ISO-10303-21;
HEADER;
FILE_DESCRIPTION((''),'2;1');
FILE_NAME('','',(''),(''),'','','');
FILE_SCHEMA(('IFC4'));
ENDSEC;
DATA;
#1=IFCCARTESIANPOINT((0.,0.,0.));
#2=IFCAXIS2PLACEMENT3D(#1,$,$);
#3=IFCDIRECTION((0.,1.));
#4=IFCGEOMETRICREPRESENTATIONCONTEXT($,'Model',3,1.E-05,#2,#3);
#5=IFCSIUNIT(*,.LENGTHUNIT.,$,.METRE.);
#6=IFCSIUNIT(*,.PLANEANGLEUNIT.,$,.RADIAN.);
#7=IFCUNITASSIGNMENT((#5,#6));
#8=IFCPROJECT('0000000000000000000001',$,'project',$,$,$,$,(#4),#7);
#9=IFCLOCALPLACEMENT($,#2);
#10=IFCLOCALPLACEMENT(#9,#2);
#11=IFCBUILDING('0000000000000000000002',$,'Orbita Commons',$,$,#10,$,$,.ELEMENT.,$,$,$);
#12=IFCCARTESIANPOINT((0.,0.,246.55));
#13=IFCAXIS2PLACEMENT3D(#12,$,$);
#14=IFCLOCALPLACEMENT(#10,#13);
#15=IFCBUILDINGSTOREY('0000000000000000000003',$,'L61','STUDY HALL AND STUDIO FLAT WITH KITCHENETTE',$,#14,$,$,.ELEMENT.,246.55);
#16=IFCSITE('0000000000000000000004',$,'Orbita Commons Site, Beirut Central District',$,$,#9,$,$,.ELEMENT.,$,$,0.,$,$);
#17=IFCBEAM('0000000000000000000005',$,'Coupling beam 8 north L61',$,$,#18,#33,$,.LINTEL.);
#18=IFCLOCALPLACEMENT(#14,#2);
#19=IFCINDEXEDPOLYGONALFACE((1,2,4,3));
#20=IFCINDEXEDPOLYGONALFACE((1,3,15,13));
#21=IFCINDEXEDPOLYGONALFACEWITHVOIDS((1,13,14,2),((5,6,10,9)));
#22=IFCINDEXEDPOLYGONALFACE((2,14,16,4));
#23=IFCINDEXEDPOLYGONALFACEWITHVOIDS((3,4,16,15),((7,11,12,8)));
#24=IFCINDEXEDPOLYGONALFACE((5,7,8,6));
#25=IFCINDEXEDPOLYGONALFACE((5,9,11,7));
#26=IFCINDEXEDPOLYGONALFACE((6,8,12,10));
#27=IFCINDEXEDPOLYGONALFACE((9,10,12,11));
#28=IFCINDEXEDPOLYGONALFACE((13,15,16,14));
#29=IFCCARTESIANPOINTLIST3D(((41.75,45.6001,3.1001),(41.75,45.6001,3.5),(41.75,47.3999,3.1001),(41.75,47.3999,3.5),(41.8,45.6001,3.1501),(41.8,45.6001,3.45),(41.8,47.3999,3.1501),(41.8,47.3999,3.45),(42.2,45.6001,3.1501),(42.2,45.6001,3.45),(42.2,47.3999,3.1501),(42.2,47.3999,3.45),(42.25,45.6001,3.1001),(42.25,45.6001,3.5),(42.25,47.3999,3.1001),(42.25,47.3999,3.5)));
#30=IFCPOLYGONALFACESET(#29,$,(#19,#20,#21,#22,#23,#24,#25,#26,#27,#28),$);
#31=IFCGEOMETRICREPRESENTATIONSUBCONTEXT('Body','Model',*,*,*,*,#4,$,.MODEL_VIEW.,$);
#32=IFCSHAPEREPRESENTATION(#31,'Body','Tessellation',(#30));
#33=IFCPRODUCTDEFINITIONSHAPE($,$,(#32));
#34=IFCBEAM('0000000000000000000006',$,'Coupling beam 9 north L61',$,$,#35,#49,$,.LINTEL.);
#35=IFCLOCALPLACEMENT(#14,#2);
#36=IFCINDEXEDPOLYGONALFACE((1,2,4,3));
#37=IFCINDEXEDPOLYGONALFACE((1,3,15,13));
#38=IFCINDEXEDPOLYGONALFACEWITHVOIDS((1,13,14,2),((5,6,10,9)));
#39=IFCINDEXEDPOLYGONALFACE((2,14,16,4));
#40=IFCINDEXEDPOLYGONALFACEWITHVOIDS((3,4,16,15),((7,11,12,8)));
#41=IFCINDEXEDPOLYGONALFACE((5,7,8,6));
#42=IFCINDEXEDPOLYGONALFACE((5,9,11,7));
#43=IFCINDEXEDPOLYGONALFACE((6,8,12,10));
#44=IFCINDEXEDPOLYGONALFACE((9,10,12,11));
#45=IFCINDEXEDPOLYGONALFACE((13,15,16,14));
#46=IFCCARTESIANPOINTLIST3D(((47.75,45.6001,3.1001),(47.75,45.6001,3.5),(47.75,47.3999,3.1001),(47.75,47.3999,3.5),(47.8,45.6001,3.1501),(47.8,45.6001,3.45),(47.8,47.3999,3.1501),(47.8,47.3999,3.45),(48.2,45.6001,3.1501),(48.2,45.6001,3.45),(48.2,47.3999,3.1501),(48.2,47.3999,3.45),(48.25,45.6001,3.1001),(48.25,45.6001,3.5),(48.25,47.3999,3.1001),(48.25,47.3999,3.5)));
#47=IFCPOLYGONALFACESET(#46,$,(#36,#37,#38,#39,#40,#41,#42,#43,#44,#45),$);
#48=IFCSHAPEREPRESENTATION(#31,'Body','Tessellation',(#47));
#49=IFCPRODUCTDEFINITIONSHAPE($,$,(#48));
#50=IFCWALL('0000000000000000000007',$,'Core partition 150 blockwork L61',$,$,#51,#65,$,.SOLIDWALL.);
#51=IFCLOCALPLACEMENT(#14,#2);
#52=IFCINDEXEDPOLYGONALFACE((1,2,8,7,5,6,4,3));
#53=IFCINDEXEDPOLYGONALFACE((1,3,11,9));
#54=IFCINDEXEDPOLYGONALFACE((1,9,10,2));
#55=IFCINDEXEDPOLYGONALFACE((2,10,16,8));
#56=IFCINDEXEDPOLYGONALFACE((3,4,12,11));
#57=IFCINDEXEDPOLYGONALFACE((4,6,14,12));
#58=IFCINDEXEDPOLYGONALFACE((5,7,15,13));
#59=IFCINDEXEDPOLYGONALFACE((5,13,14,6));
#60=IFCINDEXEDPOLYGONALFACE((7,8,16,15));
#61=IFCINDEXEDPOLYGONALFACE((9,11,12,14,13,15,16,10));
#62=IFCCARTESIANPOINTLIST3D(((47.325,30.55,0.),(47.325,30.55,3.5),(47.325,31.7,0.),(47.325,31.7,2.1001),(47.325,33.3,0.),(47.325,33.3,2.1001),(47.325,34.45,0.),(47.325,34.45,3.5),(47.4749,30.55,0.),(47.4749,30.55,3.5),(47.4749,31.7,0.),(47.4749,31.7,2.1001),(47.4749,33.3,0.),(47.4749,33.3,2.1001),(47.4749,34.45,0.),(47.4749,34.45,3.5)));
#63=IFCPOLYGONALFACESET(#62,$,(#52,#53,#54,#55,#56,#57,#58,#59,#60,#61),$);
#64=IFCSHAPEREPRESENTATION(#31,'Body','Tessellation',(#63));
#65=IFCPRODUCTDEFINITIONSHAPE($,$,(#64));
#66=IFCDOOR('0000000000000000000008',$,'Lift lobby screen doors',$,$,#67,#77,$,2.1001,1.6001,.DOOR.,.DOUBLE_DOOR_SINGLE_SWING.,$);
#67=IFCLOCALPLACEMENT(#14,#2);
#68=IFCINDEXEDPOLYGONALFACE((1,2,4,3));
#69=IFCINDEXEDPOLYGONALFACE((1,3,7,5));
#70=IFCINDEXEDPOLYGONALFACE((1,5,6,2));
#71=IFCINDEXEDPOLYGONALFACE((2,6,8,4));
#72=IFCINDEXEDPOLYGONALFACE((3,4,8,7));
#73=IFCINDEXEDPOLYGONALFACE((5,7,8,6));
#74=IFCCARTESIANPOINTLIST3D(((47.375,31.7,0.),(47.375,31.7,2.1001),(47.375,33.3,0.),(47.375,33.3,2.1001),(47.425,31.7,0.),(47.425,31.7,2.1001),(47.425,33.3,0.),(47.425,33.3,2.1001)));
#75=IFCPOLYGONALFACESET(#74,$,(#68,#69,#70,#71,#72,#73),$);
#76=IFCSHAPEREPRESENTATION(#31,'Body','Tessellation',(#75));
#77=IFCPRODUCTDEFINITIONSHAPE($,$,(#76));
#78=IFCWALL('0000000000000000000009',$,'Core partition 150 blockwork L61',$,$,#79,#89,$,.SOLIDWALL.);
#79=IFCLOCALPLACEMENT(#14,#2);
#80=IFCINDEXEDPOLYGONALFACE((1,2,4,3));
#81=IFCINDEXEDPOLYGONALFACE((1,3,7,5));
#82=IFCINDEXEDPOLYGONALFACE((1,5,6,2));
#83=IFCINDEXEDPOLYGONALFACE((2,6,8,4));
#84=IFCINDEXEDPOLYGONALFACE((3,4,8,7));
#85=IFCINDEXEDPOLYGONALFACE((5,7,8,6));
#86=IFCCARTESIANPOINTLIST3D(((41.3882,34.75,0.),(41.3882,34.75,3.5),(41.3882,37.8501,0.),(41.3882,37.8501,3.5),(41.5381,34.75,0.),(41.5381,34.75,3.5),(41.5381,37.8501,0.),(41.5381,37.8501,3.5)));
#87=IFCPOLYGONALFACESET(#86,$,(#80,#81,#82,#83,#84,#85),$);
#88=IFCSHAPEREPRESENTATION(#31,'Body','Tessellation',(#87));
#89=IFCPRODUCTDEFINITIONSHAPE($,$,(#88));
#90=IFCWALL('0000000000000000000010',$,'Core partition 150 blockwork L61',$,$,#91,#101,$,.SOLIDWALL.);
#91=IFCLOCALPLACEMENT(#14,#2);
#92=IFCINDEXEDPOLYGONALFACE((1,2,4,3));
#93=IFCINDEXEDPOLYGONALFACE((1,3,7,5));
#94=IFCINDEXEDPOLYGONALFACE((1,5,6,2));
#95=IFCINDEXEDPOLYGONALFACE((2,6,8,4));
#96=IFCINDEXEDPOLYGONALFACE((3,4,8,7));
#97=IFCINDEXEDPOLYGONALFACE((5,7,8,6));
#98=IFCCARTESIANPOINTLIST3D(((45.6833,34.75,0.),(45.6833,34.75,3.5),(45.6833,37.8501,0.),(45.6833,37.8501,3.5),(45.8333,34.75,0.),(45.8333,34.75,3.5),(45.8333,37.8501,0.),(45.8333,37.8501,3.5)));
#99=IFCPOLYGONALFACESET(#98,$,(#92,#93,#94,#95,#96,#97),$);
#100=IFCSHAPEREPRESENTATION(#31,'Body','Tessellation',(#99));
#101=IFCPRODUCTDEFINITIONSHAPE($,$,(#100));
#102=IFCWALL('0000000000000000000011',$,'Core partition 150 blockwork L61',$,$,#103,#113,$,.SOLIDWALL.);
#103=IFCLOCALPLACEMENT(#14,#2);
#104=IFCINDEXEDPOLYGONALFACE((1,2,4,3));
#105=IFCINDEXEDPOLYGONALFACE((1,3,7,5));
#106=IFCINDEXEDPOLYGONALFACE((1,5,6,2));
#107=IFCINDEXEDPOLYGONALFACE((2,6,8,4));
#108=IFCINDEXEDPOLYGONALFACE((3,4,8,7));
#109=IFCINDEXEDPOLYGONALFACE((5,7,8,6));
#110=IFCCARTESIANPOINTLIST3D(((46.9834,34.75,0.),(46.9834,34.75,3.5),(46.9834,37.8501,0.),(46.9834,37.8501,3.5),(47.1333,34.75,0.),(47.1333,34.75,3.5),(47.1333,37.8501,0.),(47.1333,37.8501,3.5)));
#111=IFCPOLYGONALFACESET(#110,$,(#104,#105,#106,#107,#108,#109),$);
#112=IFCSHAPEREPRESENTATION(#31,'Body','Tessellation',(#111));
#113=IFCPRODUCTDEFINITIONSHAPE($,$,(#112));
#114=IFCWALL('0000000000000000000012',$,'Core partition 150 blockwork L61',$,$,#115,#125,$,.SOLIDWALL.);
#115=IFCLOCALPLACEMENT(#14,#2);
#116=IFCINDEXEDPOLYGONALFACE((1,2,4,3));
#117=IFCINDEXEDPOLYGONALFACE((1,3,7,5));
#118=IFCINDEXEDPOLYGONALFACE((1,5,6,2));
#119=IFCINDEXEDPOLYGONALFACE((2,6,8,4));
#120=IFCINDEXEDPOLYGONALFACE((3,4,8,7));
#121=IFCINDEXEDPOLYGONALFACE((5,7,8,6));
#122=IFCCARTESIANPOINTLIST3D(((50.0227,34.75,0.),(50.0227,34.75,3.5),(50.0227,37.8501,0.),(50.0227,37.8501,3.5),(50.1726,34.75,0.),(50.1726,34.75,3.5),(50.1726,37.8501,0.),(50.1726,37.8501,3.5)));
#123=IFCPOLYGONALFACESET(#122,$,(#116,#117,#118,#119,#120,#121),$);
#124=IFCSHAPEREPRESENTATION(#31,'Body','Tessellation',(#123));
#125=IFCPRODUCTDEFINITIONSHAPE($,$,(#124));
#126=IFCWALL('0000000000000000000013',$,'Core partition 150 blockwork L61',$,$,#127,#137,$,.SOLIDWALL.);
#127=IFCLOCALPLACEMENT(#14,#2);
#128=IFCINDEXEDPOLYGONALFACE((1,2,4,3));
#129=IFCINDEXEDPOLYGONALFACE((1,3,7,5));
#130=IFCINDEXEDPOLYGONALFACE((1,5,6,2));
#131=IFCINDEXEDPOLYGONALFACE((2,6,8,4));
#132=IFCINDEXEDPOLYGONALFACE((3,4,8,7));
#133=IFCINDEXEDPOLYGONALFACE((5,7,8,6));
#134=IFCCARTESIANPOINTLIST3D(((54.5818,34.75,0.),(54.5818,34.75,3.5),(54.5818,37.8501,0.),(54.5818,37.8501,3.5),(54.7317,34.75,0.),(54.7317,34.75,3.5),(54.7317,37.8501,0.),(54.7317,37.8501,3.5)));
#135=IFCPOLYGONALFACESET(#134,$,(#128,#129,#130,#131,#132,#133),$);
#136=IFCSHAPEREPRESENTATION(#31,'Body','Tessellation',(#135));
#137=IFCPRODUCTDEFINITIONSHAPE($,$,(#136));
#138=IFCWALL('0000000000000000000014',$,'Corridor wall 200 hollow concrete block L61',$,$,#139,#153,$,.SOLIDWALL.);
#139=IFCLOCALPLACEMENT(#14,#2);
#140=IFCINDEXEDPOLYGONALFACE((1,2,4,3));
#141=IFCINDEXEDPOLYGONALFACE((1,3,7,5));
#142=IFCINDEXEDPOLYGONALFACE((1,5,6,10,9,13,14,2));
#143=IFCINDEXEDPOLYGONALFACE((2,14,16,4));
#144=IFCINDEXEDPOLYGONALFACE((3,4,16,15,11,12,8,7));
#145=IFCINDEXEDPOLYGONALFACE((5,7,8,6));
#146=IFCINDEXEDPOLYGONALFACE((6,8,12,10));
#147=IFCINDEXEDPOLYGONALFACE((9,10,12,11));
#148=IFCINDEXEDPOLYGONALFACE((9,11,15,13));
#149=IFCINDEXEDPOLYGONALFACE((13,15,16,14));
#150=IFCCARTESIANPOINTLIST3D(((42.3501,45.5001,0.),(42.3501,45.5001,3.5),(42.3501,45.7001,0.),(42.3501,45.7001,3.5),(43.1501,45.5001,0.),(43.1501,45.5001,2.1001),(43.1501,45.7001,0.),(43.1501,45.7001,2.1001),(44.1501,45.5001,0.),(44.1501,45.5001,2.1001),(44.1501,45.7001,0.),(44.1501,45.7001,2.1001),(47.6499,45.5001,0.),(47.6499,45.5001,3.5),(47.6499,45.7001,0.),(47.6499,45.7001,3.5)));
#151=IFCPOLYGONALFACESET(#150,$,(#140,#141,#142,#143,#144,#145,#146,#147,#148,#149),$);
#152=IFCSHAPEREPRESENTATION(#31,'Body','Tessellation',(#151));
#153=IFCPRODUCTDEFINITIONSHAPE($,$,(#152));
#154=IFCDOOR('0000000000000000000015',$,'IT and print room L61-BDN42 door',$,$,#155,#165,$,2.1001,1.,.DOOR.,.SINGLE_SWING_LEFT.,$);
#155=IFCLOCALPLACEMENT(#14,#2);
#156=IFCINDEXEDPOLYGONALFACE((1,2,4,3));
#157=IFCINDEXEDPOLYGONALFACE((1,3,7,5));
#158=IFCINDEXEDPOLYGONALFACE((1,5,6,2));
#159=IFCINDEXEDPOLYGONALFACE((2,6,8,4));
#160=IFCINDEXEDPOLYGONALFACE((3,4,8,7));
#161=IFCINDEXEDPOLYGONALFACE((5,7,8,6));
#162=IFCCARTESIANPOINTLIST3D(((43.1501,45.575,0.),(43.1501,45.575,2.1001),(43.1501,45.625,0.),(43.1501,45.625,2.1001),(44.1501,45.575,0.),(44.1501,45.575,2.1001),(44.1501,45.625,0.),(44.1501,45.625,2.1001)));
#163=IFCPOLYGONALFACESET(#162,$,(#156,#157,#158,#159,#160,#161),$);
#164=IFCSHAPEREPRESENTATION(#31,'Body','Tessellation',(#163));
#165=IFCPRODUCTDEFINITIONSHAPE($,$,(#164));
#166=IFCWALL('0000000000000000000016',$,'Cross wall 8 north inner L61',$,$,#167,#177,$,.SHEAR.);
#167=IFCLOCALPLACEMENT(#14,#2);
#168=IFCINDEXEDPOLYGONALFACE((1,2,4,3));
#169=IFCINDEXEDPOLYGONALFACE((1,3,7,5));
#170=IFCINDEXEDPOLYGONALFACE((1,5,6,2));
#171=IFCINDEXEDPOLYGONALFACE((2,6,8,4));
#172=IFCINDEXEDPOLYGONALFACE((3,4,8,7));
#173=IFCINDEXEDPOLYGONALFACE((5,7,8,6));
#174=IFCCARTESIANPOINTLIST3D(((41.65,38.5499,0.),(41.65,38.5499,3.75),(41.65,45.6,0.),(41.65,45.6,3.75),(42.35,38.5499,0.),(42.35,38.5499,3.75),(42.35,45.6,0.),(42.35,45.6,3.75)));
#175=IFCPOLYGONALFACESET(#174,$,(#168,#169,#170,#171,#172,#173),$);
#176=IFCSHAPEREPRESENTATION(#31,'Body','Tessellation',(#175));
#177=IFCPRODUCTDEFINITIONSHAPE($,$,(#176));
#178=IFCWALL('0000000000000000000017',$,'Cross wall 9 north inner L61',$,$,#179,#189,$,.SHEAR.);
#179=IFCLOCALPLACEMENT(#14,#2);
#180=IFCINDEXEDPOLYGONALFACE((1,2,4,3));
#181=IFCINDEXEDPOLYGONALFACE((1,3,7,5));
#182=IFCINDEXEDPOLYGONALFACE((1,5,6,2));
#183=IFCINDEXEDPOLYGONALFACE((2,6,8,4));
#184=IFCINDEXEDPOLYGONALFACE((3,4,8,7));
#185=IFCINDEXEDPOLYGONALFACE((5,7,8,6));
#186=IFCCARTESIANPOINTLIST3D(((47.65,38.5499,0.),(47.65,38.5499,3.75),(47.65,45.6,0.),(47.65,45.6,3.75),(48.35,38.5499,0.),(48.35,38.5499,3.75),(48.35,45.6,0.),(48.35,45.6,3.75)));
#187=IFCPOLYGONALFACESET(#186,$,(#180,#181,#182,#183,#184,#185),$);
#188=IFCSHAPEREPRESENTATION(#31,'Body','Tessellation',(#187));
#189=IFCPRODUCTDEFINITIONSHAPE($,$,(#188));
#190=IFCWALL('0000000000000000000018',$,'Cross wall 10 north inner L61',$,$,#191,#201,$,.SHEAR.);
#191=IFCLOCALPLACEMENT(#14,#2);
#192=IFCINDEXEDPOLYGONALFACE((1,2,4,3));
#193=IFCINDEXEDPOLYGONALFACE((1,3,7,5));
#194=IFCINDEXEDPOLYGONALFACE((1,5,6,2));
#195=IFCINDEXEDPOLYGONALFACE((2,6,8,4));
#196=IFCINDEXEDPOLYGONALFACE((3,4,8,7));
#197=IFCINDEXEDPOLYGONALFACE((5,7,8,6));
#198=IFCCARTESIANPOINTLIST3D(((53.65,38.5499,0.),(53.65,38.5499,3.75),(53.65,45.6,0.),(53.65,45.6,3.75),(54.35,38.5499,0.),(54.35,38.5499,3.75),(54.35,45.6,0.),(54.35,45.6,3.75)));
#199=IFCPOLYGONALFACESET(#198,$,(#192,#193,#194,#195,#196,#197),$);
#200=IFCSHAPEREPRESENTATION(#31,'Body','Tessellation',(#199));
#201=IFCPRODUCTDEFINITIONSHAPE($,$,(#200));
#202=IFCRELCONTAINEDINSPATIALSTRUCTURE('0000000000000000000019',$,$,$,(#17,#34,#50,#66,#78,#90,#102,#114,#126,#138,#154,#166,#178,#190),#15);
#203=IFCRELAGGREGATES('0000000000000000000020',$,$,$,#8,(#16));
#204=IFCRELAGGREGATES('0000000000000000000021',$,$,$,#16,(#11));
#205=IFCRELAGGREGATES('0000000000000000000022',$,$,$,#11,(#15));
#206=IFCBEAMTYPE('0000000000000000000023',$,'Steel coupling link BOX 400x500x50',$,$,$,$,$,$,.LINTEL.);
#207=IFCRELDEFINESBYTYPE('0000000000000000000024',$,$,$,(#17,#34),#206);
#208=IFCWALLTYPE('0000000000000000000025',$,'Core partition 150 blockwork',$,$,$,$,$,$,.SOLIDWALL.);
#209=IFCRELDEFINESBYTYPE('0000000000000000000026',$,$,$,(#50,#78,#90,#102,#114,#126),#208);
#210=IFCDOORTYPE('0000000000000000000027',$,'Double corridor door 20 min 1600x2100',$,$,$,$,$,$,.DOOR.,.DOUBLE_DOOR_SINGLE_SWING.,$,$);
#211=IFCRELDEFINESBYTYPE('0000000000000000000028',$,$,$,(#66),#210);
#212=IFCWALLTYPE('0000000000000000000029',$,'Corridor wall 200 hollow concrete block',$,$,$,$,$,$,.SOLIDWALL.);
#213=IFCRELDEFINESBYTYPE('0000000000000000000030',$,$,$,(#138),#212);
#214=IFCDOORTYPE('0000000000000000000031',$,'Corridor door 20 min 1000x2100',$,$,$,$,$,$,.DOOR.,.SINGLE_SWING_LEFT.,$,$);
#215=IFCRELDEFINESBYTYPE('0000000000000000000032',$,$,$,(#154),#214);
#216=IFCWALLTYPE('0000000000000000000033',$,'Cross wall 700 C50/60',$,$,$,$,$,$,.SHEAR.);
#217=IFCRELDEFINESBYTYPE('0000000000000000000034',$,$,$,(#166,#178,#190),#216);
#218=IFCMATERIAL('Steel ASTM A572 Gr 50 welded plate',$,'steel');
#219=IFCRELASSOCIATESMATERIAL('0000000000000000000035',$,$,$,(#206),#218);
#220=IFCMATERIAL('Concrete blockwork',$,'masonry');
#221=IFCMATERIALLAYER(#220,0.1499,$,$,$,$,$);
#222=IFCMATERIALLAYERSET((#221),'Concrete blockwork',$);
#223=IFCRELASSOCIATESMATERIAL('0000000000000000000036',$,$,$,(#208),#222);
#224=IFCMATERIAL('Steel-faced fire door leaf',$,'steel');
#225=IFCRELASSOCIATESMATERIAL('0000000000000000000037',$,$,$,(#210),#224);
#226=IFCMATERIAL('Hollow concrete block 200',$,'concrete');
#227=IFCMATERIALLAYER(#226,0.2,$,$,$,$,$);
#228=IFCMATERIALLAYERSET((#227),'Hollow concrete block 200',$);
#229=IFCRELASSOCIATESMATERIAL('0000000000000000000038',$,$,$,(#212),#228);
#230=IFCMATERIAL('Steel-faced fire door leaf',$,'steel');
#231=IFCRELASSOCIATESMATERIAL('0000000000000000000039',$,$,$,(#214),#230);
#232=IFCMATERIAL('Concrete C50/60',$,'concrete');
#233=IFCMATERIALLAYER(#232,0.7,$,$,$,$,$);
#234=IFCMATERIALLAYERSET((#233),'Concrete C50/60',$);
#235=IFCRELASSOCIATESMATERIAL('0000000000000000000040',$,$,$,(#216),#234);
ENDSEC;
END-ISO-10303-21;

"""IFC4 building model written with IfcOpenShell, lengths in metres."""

from ifc_helpers import new_model, si_unit, direction, frame, frame_2d, origin, origin_2d, place, context, subcontext, project, spatial, rectangle, hollow_rectangle, extrude, material, layer, layer_set, material_profile, profile_set, type_object, element, fill, save


model = new_model("IFC4")

# Units and contexts
model_context = context("Model", 3, precision=1e-05, world=origin(), true_north=direction((0.0, 1.0)))
body_context = subcontext(model_context, "Body", "Model", "MODEL_VIEW")
ifc_project = project(units=[si_unit("LENGTHUNIT", "METRE"), si_unit("PLANEANGLEUNIT", "RADIAN")], contexts=[model_context])

# Site, building, storey
site_placement = place(None, origin())
site = spatial("IfcSite", under=ifc_project, at=site_placement, Name="Orbita Commons Site, Beirut Central District", CompositionType="ELEMENT", RefElevation=0.0)
building_placement = place(site_placement, origin())
building = spatial("IfcBuilding", under=site, at=building_placement, Name="Orbita Commons", CompositionType="ELEMENT")
storey_placement = place(building_placement, frame((0.0, 0.0, 246.55)))
storey = spatial("IfcBuildingStorey", under=building, at=storey_placement, Name="L61", Description="STUDY HALL AND STUDIO FLAT WITH KITCHENETTE", CompositionType="ELEMENT", Elevation=246.55)

# Beams
ifc_material_1 = material(Name="Steel ASTM A572 Gr 50 welded plate", Category="steel")
ifc_material_profile = material_profile(ifc_material_1, hollow_rectangle(XDim=0.5, YDim=0.3999, WallThickness=0.05, at=origin_2d()), Name="BOX 400x500x50")
ifc_profile_set = profile_set([ifc_material_profile], Name="Steel ASTM A572 Gr 50 welded plate")
beam_type = type_object("IfcBeamType", Name="Steel coupling link BOX 400x500x50", PredefinedType="LINTEL", material=ifc_profile_set)
for number, where, z_axis, x_axis, name in (
    (1, (42.0, 45.6001, 3.3), (0.0, 1.0, 0.0), (-1.0, 0.0, 0.0), "Coupling beam 8 north L61"),
    (2, (48.0, 45.6001, 3.3), (0.0, 1.0, 0.0), (-1.0, 0.0, 0.0), "Coupling beam 9 north L61"),
):
    element("IfcBeam", number, at=place(storey_placement, frame(where, z_axis=z_axis, x_axis=x_axis)), inside=storey, type_object=beam_type, Name=name, PredefinedType="LINTEL", context=body_context, shape_type="SweptSolid", body=[
        extrude(hollow_rectangle(XDim=0.5, YDim=0.3999, WallThickness=0.05, at=origin_2d()), origin(), (0.0, 0.0, 1.0), 1.7998),
    ])

# Wall, opening, door
ifc_material_2 = material(Name="Concrete blockwork", Category="masonry")
ifc_layer_1 = layer(ifc_material_2, 0.1499)
ifc_layer_set_1 = layer_set([ifc_layer_1], Name="Concrete blockwork")
wall_type_1 = type_object("IfcWallType", Name="Core partition 150 blockwork", PredefinedType="SOLIDWALL", material=ifc_layer_set_1)
wall_1_placement = place(storey_placement, frame((47.3999, 30.55, 0.0), z_axis=(0.0, 0.0, 1.0), x_axis=(0.0, 1.0, 0.0)))
wall_1 = element("IfcWall", 3, at=wall_1_placement, inside=storey, type_object=wall_type_1, Name="Core partition 150 blockwork L61", PredefinedType="SOLIDWALL", context=body_context, shape_type="SweptSolid", body=[
    extrude(rectangle(XDim=3.8999, YDim=0.1499, at=frame_2d((1.95, 0.0))), origin(), (0.0, 0.0, 1.0), 3.5),
])
opening_1_placement = place(wall_1_placement, frame((1.1499, 0.0, 0.0)))
opening_1 = element("IfcOpeningElement", 4, at=opening_1_placement, cuts=wall_1, PredefinedType="OPENING", context=body_context, shape_type="SweptSolid", body=[
    extrude(rectangle(XDim=1.6001, YDim=2.1001, at=frame_2d((0.8, 1.05))), frame((0.0, 0.085, 0.0), z_axis=(0.0, -1.0, 0.0), x_axis=(1.0, 0.0, 0.0)), (0.0, 0.0, 1.0), 0.1699),
])
ifc_material_3 = material(Name="Steel-faced fire door leaf", Category="steel")
door_type_1 = type_object("IfcDoorType", Name="Double corridor door 20 min 1600x2100", OperationType="DOUBLE_DOOR_SINGLE_SWING", PredefinedType="DOOR", material=ifc_material_3)
door_1_placement = place(opening_1_placement, origin())
door_1 = element("IfcDoor", 5, at=door_1_placement, inside=storey, type_object=door_type_1, Name="Lift lobby screen doors", OperationType="DOUBLE_DOOR_SINGLE_SWING", OverallHeight=2.1001, OverallWidth=1.6001, PredefinedType="DOOR", context=body_context, shape_type="SweptSolid", body=[
    extrude(rectangle(XDim=1.6001, YDim=2.1001, at=frame_2d((0.8, 1.05))), frame((0.0, 0.0249, 0.0), z_axis=(0.0, -1.0, 0.0), x_axis=(1.0, 0.0, 0.0)), (0.0, 0.0, 1.0), 0.05),
])
fill(opening_1, door_1)

# Walls
for number, where, z_axis, x_axis, name in (
    (6, (41.4631, 34.75, 0.0), (0.0, 0.0, 1.0), (0.0, 1.0, 0.0), "Core partition 150 blockwork L61"),
    (7, (45.7583, 34.75, 0.0), (0.0, 0.0, 1.0), (0.0, 1.0, 0.0), "Core partition 150 blockwork L61"),
    (8, (47.0583, 34.75, 0.0), (0.0, 0.0, 1.0), (0.0, 1.0, 0.0), "Core partition 150 blockwork L61"),
    (9, (50.0977, 34.75, 0.0), (0.0, 0.0, 1.0), (0.0, 1.0, 0.0), "Core partition 150 blockwork L61"),
    (10, (54.6567, 34.75, 0.0), (0.0, 0.0, 1.0), (0.0, 1.0, 0.0), "Core partition 150 blockwork L61"),
):
    element("IfcWall", number, at=place(storey_placement, frame(where, z_axis=z_axis, x_axis=x_axis)), inside=storey, type_object=wall_type_1, Name=name, PredefinedType="SOLIDWALL", context=body_context, shape_type="SweptSolid", body=[
        extrude(rectangle(XDim=3.1001, YDim=0.1499, at=frame_2d((1.55, 0.0))), origin(), (0.0, 0.0, 1.0), 3.5),
    ])

# Wall, opening, door
ifc_material_4 = material(Name="Hollow concrete block 200", Category="concrete")
ifc_layer_2 = layer(ifc_material_4, 0.2)
ifc_layer_set_2 = layer_set([ifc_layer_2], Name="Hollow concrete block 200")
wall_type_2 = type_object("IfcWallType", Name="Corridor wall 200 hollow concrete block", PredefinedType="SOLIDWALL", material=ifc_layer_set_2)
wall_2_placement = place(storey_placement, frame((42.3501, 45.6001, 0.0), z_axis=(0.0, 0.0, 1.0), x_axis=(1.0, 0.0, 0.0)))
wall_2 = element("IfcWall", 11, at=wall_2_placement, inside=storey, type_object=wall_type_2, Name="Corridor wall 200 hollow concrete block L61", PredefinedType="SOLIDWALL", context=body_context, shape_type="SweptSolid", body=[
    extrude(rectangle(XDim=5.2998, YDim=0.2, at=frame_2d((2.6499, 0.0))), origin(), (0.0, 0.0, 1.0), 3.5),
])
opening_2_placement = place(wall_2_placement, frame((0.8, 0.0, 0.0)))
opening_2 = element("IfcOpeningElement", 12, at=opening_2_placement, cuts=wall_2, PredefinedType="OPENING", context=body_context, shape_type="SweptSolid", body=[
    extrude(rectangle(XDim=1.0, YDim=2.1001, at=frame_2d((0.5, 1.05))), frame((0.0, 0.1099, 0.0), z_axis=(0.0, -1.0, 0.0), x_axis=(1.0, 0.0, 0.0)), (0.0, 0.0, 1.0), 0.22),
])
ifc_material_5 = material(Name="Steel-faced fire door leaf", Category="steel")
door_type_2 = type_object("IfcDoorType", Name="Corridor door 20 min 1000x2100", OperationType="SINGLE_SWING_LEFT", PredefinedType="DOOR", material=ifc_material_5)
door_2_placement = place(opening_2_placement, origin())
door_2 = element("IfcDoor", 13, at=door_2_placement, inside=storey, type_object=door_type_2, Name="IT and print room L61-BDN42 door", OperationType="SINGLE_SWING_LEFT", OverallHeight=2.1001, OverallWidth=1.0, PredefinedType="DOOR", context=body_context, shape_type="SweptSolid", body=[
    extrude(rectangle(XDim=1.0, YDim=2.1001, at=frame_2d((0.5, 1.05))), frame((0.0, 0.0249, 0.0), z_axis=(0.0, -1.0, 0.0), x_axis=(1.0, 0.0, 0.0)), (0.0, 0.0, 1.0), 0.05),
])
fill(opening_2, door_2)

# Walls
ifc_material_6 = material(Name="Concrete C50/60", Category="concrete")
ifc_layer_3 = layer(ifc_material_6, 0.7)
ifc_layer_set_3 = layer_set([ifc_layer_3], Name="Concrete C50/60")
wall_type_3 = type_object("IfcWallType", Name="Cross wall 700 C50/60", PredefinedType="SHEAR", material=ifc_layer_set_3)
for number, where, z_axis, x_axis, name in (
    (14, (42.0, 38.55, 0.0), (0.0, 0.0, 1.0), (0.0, 1.0, 0.0), "Cross wall 8 north inner L61"),
    (15, (48.0, 38.55, 0.0), (0.0, 0.0, 1.0), (0.0, 1.0, 0.0), "Cross wall 9 north inner L61"),
    (16, (54.0, 38.55, 0.0), (0.0, 0.0, 1.0), (0.0, 1.0, 0.0), "Cross wall 10 north inner L61"),
):
    element("IfcWall", number, at=place(storey_placement, frame(where, z_axis=z_axis, x_axis=x_axis)), inside=storey, type_object=wall_type_3, Name=name, PredefinedType="SHEAR", context=body_context, shape_type="SweptSolid", body=[
        extrude(rectangle(XDim=7.05, YDim=0.7, at=frame_2d((3.5249, 0.0))), origin(), (0.0, 0.0, 1.0), 3.75),
    ])

save(model, "model.ifc")
